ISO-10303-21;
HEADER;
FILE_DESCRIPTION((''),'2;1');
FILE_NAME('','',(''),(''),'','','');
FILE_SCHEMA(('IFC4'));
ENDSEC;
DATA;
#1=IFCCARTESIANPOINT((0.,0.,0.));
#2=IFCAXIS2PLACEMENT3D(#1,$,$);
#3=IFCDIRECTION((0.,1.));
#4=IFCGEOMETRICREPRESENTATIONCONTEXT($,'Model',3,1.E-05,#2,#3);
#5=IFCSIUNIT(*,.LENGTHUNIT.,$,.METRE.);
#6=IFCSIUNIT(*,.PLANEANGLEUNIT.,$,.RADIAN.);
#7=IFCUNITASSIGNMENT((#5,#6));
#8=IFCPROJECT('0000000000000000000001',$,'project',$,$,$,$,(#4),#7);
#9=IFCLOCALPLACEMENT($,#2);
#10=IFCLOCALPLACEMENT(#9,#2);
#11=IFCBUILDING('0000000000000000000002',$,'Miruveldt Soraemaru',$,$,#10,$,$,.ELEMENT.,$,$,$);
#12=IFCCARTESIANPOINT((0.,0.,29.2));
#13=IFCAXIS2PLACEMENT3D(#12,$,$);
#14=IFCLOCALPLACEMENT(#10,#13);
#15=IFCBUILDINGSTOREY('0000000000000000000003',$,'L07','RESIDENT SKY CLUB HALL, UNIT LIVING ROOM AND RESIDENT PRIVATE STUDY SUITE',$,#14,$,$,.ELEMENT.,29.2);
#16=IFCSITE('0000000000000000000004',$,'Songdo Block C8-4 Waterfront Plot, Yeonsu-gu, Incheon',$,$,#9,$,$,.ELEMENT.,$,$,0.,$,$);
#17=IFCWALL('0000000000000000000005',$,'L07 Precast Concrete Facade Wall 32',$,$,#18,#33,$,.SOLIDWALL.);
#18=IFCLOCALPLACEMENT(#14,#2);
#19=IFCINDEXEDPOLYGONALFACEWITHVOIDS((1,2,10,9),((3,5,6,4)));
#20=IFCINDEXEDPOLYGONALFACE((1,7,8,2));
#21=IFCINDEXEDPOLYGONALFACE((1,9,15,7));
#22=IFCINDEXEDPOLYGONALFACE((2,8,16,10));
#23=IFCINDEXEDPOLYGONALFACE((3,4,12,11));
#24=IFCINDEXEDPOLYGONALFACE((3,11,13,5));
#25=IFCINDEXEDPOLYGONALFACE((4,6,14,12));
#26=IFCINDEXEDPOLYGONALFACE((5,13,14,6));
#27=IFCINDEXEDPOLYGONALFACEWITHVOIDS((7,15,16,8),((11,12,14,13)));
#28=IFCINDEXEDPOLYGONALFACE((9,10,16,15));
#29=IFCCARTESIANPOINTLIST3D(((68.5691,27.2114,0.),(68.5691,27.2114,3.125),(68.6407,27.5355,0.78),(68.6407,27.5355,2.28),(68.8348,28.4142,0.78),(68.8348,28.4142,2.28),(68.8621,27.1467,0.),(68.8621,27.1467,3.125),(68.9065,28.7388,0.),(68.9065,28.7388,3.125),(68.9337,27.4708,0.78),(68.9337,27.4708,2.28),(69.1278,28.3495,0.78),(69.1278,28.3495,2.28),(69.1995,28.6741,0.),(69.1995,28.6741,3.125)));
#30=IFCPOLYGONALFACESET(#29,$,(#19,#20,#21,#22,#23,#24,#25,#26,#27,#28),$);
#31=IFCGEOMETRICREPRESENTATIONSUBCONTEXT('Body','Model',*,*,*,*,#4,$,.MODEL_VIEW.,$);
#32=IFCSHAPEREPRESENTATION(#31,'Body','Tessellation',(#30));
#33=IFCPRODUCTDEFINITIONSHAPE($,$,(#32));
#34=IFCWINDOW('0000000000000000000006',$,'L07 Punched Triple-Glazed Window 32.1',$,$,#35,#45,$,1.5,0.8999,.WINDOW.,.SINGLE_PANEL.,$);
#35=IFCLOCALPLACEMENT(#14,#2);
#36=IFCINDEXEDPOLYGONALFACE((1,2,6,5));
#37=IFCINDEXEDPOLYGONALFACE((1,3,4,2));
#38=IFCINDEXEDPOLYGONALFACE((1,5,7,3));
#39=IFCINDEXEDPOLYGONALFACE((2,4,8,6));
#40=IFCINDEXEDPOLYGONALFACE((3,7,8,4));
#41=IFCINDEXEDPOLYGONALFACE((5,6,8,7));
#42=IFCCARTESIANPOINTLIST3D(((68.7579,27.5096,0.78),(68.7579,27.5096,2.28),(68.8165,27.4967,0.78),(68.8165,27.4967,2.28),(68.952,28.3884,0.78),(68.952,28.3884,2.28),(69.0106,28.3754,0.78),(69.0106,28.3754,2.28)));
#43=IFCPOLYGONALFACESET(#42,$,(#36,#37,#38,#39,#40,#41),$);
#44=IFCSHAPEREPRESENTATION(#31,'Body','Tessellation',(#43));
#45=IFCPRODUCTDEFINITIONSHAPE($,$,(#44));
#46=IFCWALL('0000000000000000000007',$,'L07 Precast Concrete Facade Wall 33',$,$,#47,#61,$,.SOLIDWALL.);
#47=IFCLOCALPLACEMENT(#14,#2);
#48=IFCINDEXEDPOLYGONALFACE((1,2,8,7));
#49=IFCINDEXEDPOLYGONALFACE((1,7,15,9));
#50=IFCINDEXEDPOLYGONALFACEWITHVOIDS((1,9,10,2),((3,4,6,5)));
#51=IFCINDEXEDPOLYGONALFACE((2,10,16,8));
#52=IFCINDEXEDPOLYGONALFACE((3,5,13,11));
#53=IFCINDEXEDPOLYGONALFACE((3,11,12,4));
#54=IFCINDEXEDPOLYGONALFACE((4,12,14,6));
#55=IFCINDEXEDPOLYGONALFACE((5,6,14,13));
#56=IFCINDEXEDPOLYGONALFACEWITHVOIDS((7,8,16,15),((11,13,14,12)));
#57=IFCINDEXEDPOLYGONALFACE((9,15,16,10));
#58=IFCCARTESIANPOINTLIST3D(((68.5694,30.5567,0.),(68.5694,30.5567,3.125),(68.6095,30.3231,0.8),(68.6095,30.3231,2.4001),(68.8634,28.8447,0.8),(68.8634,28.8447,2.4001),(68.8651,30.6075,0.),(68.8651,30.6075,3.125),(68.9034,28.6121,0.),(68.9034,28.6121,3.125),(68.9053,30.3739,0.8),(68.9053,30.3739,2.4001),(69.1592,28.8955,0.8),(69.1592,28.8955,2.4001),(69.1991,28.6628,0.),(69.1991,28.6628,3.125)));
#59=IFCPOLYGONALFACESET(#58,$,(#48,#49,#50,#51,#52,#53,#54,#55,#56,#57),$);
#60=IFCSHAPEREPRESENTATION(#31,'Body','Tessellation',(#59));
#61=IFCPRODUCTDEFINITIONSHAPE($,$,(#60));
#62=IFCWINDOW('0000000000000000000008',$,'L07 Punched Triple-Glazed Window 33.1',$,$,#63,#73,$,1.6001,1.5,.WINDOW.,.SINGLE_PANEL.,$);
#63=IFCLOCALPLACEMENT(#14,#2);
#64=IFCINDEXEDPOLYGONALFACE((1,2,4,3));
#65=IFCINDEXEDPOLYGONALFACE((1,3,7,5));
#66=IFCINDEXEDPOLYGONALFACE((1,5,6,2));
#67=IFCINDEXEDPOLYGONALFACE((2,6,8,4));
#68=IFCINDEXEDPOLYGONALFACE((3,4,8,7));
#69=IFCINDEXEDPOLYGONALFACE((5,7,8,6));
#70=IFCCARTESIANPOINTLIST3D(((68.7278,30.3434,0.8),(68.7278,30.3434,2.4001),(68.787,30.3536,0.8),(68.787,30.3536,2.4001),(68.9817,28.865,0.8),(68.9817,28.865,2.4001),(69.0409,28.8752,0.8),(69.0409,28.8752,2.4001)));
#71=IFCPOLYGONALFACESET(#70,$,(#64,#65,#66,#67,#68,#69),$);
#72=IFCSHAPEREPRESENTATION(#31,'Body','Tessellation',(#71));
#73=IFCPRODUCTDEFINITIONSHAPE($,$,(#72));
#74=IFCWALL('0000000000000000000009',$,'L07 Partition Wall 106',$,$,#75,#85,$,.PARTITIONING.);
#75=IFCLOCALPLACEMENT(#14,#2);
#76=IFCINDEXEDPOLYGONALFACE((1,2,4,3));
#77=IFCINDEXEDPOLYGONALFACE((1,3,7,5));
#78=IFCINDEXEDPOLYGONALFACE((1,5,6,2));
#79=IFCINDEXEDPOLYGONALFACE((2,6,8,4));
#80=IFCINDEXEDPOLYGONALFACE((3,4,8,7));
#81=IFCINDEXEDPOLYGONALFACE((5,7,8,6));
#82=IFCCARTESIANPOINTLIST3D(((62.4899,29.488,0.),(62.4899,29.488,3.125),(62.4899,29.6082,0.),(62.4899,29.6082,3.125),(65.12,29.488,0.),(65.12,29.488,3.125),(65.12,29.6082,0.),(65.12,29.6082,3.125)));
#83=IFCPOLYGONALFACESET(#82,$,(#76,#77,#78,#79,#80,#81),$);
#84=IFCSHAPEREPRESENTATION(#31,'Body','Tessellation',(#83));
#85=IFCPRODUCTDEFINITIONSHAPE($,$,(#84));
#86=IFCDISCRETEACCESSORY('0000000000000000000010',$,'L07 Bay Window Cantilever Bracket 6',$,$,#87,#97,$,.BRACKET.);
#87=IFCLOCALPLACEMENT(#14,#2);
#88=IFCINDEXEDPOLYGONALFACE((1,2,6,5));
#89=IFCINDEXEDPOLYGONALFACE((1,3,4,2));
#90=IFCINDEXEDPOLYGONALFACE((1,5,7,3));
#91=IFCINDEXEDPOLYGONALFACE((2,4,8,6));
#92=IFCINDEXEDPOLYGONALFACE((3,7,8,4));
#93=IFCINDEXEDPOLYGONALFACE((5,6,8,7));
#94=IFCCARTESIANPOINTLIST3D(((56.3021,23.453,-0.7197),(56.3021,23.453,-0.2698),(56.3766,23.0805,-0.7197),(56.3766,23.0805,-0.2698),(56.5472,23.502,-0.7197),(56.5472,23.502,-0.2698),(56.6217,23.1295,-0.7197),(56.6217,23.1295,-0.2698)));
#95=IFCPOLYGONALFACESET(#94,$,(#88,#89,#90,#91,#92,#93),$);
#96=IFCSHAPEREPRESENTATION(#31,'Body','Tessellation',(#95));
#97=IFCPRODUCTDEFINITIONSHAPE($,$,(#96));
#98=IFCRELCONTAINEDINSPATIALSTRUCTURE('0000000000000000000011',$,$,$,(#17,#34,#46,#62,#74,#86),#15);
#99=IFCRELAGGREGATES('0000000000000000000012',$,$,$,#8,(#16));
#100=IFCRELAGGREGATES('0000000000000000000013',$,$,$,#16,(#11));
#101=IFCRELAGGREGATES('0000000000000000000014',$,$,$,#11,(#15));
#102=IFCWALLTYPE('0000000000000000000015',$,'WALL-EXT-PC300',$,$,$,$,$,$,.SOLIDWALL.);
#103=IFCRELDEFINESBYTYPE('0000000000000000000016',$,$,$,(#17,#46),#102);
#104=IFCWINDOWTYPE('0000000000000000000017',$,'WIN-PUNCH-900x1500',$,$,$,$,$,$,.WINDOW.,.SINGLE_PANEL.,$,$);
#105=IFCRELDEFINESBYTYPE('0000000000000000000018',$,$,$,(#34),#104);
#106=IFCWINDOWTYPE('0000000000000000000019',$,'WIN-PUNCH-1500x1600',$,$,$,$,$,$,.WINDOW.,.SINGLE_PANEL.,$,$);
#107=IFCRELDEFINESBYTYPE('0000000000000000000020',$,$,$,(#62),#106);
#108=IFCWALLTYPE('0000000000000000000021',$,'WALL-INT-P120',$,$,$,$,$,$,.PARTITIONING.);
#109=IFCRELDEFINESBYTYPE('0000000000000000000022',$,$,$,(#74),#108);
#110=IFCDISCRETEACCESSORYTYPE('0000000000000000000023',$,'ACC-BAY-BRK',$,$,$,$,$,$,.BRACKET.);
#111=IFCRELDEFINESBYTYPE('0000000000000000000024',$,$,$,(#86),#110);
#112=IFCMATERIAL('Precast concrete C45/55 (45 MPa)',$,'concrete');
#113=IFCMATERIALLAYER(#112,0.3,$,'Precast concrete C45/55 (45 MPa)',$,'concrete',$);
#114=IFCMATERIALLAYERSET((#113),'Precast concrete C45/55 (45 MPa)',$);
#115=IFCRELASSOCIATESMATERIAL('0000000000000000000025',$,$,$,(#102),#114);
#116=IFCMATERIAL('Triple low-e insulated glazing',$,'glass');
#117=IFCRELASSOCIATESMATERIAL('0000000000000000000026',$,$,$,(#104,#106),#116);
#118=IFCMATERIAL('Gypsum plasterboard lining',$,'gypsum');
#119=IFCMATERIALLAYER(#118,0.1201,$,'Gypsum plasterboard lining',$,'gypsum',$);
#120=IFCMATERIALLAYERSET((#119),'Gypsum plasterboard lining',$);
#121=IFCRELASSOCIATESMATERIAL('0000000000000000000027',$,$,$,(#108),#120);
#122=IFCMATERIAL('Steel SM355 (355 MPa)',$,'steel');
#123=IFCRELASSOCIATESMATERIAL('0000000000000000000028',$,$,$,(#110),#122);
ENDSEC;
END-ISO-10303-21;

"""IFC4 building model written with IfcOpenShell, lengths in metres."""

from ifc_helpers import new_model, si_unit, direction, frame, frame_2d, origin, origin_2d, place, context, subcontext, project, spatial, rectangle, extrude, material, layer, layer_set, type_object, element, fill, save


model = new_model("IFC4")

# Units and contexts
model_context = context("Model", 3, precision=1e-05, world=origin(), true_north=direction((0.0, 1.0)))
body_context = subcontext(model_context, "Body", "Model", "MODEL_VIEW")
ifc_project = project(units=[si_unit("LENGTHUNIT", "METRE"), si_unit("PLANEANGLEUNIT", "RADIAN")], contexts=[model_context])

# Site, building, storey
site_placement = place(None, origin())
site = spatial("IfcSite", under=ifc_project, at=site_placement, Name="Songdo Block C8-4 Waterfront Plot, Yeonsu-gu, Incheon", CompositionType="ELEMENT", RefElevation=0.0)
building_placement = place(site_placement, origin())
building = spatial("IfcBuilding", under=site, at=building_placement, Name="Miruveldt Soraemaru", CompositionType="ELEMENT")
storey_placement = place(building_placement, frame((0.0, 0.0, 29.2)))
storey = spatial("IfcBuildingStorey", under=building, at=storey_placement, Name="L07", Description="RESIDENT SKY CLUB HALL, UNIT LIVING ROOM AND RESIDENT PRIVATE STUDY SUITE", CompositionType="ELEMENT", Elevation=29.2)

# Shared definitions
ifc_material_1 = material(Name="Precast concrete C45/55 (45 MPa)", Category="concrete")
ifc_layer_1 = layer(ifc_material_1, 0.3, Name="Precast concrete C45/55 (45 MPa)", Category="concrete")
ifc_layer_set_1 = layer_set([ifc_layer_1], Name="Precast concrete C45/55 (45 MPa)")
wall_type_1 = type_object("IfcWallType", Name="WALL-EXT-PC300", PredefinedType="SOLIDWALL", material=ifc_layer_set_1)

# Walls, openings, windows
ifc_material_2 = material(Name="Triple low-e insulated glazing", Category="glass")
window_type_1 = type_object("IfcWindowType", Name="WIN-PUNCH-900x1500", PartitioningType="SINGLE_PANEL", PredefinedType="WINDOW", material=ifc_material_2)
wall_1_placement = place(storey_placement, frame((68.7156, 27.179, 0.0), z_axis=(0.0, 0.0, 1.0), x_axis=(0.215707, 0.976458, 0.0)))
wall_1 = element("IfcWall", 1, at=wall_1_placement, inside=storey, type_object=wall_type_1, Name="L07 Precast Concrete Facade Wall 32", PredefinedType="SOLIDWALL", context=body_context, shape_type="SweptSolid", body=[
    extrude(rectangle(XDim=1.5642, YDim=0.3, at=frame_2d((0.7822, 0.0))), origin(), (0.0, 0.0, 1.0), 3.125),
])
opening_1_placement = place(wall_1_placement, frame((0.332, 0.0, 0.78)))
opening_1 = element("IfcOpeningElement", 2, at=opening_1_placement, cuts=wall_1, PredefinedType="OPENING", context=body_context, shape_type="SweptSolid", body=[
    extrude(rectangle(XDim=0.8999, YDim=1.5, at=frame_2d((0.45, 0.75))), frame((0.0, 0.1602, 0.0), z_axis=(0.0, -1.0, 0.0), x_axis=(1.0, 0.0, 0.0)), (0.0, 0.0, 1.0), 0.3201),
])
window_1_placement = place(opening_1_placement, origin())
window_1 = element("IfcWindow", 3, at=window_1_placement, inside=storey, type_object=window_type_1, Name="L07 Punched Triple-Glazed Window 32.1", OverallHeight=1.5, OverallWidth=0.8999, PartitioningType="SINGLE_PANEL", PredefinedType="WINDOW", context=body_context, shape_type="SweptSolid", body=[
    extrude(rectangle(XDim=0.8999, YDim=1.5, at=frame_2d((0.45, 0.75))), frame((0.0, 0.03, 0.0), z_axis=(0.0, -1.0, 0.0), x_axis=(1.0, 0.0, 0.0)), (0.0, 0.0, 1.0), 0.0601),
])
fill(opening_1, window_1)
wall_2_placement = place(storey_placement, frame((69.0513, 28.6375, 0.0), z_axis=(0.0, 0.0, 1.0), x_axis=(-0.169273, 0.985569, 0.0)))
wall_2 = element("IfcWall", 4, at=wall_2_placement, inside=storey, type_object=wall_type_1, Name="L07 Precast Concrete Facade Wall 33", PredefinedType="SOLIDWALL", context=body_context, shape_type="SweptSolid", body=[
    extrude(rectangle(XDim=1.9731, YDim=0.3, at=frame_2d((0.9866, 0.0))), origin(), (0.0, 0.0, 1.0), 3.125),
])
opening_2_placement = place(wall_2_placement, frame((0.2361, 0.0, 0.8)))
opening_2 = element("IfcOpeningElement", 5, at=opening_2_placement, cuts=wall_2, PredefinedType="OPENING", context=body_context, shape_type="SweptSolid", body=[
    extrude(rectangle(XDim=1.5, YDim=1.6001, at=frame_2d((0.75, 0.8))), frame((0.0, 0.1602, 0.0), z_axis=(0.0, -1.0, 0.0), x_axis=(1.0, 0.0, 0.0)), (0.0, 0.0, 1.0), 0.3201),
])
window_type_2 = type_object("IfcWindowType", Name="WIN-PUNCH-1500x1600", PartitioningType="SINGLE_PANEL", PredefinedType="WINDOW", material=ifc_material_2)
window_2_placement = place(opening_2_placement, origin())
window_2 = element("IfcWindow", 6, at=window_2_placement, inside=storey, type_object=window_type_2, Name="L07 Punched Triple-Glazed Window 33.1", OverallHeight=1.6001, OverallWidth=1.5, PartitioningType="SINGLE_PANEL", PredefinedType="WINDOW", context=body_context, shape_type="SweptSolid", body=[
    extrude(rectangle(XDim=1.5, YDim=1.6001, at=frame_2d((0.75, 0.8))), frame((0.0, 0.03, 0.0), z_axis=(0.0, -1.0, 0.0), x_axis=(1.0, 0.0, 0.0)), (0.0, 0.0, 1.0), 0.0601),
])
fill(opening_2, window_2)

# Wall
ifc_material_3 = material(Name="Gypsum plasterboard lining", Category="gypsum")
ifc_layer_2 = layer(ifc_material_3, 0.1201, Name="Gypsum plasterboard lining", Category="gypsum")
ifc_layer_set_2 = layer_set([ifc_layer_2], Name="Gypsum plasterboard lining")
wall_type_2 = type_object("IfcWallType", Name="WALL-INT-P120", PredefinedType="PARTITIONING", material=ifc_layer_set_2)
wall_3_placement = place(storey_placement, frame((62.49, 29.5481, 0.0), z_axis=(0.0, 0.0, 1.0), x_axis=(1.0, 0.0, 0.0)))
element("IfcWall", 7, at=wall_3_placement, inside=storey, type_object=wall_type_2, Name="L07 Partition Wall 106", PredefinedType="PARTITIONING", context=body_context, shape_type="SweptSolid", body=[
    extrude(rectangle(XDim=2.6301, YDim=0.1201, at=frame_2d((1.3149, 0.0))), origin(), (0.0, 0.0, 1.0), 3.125),
])

# Discrete accessory
ifc_material_4 = material(Name="Steel SM355 (355 MPa)", Category="steel")
discrete_accessory_type = type_object("IfcDiscreteAccessoryType", Name="ACC-BAY-BRK", PredefinedType="BRACKET", material=ifc_material_4)
discrete_accessory_placement = place(storey_placement, frame((56.4619, 23.2913, -0.7197), z_axis=(0.0, 0.0, 1.0), x_axis=(0.1961, -0.980584, 0.0)))
element("IfcDiscreteAccessory", 8, at=discrete_accessory_placement, inside=storey, type_object=discrete_accessory_type, Name="L07 Bay Window Cantilever Bracket 6", PredefinedType="BRACKET", context=body_context, shape_type="SweptSolid", body=[
    extrude(rectangle(XDim=0.3799, YDim=0.25, at=origin_2d()), origin(), (0.0, 0.0, 1.0), 0.45),
])

save(model, "model.ifc")
